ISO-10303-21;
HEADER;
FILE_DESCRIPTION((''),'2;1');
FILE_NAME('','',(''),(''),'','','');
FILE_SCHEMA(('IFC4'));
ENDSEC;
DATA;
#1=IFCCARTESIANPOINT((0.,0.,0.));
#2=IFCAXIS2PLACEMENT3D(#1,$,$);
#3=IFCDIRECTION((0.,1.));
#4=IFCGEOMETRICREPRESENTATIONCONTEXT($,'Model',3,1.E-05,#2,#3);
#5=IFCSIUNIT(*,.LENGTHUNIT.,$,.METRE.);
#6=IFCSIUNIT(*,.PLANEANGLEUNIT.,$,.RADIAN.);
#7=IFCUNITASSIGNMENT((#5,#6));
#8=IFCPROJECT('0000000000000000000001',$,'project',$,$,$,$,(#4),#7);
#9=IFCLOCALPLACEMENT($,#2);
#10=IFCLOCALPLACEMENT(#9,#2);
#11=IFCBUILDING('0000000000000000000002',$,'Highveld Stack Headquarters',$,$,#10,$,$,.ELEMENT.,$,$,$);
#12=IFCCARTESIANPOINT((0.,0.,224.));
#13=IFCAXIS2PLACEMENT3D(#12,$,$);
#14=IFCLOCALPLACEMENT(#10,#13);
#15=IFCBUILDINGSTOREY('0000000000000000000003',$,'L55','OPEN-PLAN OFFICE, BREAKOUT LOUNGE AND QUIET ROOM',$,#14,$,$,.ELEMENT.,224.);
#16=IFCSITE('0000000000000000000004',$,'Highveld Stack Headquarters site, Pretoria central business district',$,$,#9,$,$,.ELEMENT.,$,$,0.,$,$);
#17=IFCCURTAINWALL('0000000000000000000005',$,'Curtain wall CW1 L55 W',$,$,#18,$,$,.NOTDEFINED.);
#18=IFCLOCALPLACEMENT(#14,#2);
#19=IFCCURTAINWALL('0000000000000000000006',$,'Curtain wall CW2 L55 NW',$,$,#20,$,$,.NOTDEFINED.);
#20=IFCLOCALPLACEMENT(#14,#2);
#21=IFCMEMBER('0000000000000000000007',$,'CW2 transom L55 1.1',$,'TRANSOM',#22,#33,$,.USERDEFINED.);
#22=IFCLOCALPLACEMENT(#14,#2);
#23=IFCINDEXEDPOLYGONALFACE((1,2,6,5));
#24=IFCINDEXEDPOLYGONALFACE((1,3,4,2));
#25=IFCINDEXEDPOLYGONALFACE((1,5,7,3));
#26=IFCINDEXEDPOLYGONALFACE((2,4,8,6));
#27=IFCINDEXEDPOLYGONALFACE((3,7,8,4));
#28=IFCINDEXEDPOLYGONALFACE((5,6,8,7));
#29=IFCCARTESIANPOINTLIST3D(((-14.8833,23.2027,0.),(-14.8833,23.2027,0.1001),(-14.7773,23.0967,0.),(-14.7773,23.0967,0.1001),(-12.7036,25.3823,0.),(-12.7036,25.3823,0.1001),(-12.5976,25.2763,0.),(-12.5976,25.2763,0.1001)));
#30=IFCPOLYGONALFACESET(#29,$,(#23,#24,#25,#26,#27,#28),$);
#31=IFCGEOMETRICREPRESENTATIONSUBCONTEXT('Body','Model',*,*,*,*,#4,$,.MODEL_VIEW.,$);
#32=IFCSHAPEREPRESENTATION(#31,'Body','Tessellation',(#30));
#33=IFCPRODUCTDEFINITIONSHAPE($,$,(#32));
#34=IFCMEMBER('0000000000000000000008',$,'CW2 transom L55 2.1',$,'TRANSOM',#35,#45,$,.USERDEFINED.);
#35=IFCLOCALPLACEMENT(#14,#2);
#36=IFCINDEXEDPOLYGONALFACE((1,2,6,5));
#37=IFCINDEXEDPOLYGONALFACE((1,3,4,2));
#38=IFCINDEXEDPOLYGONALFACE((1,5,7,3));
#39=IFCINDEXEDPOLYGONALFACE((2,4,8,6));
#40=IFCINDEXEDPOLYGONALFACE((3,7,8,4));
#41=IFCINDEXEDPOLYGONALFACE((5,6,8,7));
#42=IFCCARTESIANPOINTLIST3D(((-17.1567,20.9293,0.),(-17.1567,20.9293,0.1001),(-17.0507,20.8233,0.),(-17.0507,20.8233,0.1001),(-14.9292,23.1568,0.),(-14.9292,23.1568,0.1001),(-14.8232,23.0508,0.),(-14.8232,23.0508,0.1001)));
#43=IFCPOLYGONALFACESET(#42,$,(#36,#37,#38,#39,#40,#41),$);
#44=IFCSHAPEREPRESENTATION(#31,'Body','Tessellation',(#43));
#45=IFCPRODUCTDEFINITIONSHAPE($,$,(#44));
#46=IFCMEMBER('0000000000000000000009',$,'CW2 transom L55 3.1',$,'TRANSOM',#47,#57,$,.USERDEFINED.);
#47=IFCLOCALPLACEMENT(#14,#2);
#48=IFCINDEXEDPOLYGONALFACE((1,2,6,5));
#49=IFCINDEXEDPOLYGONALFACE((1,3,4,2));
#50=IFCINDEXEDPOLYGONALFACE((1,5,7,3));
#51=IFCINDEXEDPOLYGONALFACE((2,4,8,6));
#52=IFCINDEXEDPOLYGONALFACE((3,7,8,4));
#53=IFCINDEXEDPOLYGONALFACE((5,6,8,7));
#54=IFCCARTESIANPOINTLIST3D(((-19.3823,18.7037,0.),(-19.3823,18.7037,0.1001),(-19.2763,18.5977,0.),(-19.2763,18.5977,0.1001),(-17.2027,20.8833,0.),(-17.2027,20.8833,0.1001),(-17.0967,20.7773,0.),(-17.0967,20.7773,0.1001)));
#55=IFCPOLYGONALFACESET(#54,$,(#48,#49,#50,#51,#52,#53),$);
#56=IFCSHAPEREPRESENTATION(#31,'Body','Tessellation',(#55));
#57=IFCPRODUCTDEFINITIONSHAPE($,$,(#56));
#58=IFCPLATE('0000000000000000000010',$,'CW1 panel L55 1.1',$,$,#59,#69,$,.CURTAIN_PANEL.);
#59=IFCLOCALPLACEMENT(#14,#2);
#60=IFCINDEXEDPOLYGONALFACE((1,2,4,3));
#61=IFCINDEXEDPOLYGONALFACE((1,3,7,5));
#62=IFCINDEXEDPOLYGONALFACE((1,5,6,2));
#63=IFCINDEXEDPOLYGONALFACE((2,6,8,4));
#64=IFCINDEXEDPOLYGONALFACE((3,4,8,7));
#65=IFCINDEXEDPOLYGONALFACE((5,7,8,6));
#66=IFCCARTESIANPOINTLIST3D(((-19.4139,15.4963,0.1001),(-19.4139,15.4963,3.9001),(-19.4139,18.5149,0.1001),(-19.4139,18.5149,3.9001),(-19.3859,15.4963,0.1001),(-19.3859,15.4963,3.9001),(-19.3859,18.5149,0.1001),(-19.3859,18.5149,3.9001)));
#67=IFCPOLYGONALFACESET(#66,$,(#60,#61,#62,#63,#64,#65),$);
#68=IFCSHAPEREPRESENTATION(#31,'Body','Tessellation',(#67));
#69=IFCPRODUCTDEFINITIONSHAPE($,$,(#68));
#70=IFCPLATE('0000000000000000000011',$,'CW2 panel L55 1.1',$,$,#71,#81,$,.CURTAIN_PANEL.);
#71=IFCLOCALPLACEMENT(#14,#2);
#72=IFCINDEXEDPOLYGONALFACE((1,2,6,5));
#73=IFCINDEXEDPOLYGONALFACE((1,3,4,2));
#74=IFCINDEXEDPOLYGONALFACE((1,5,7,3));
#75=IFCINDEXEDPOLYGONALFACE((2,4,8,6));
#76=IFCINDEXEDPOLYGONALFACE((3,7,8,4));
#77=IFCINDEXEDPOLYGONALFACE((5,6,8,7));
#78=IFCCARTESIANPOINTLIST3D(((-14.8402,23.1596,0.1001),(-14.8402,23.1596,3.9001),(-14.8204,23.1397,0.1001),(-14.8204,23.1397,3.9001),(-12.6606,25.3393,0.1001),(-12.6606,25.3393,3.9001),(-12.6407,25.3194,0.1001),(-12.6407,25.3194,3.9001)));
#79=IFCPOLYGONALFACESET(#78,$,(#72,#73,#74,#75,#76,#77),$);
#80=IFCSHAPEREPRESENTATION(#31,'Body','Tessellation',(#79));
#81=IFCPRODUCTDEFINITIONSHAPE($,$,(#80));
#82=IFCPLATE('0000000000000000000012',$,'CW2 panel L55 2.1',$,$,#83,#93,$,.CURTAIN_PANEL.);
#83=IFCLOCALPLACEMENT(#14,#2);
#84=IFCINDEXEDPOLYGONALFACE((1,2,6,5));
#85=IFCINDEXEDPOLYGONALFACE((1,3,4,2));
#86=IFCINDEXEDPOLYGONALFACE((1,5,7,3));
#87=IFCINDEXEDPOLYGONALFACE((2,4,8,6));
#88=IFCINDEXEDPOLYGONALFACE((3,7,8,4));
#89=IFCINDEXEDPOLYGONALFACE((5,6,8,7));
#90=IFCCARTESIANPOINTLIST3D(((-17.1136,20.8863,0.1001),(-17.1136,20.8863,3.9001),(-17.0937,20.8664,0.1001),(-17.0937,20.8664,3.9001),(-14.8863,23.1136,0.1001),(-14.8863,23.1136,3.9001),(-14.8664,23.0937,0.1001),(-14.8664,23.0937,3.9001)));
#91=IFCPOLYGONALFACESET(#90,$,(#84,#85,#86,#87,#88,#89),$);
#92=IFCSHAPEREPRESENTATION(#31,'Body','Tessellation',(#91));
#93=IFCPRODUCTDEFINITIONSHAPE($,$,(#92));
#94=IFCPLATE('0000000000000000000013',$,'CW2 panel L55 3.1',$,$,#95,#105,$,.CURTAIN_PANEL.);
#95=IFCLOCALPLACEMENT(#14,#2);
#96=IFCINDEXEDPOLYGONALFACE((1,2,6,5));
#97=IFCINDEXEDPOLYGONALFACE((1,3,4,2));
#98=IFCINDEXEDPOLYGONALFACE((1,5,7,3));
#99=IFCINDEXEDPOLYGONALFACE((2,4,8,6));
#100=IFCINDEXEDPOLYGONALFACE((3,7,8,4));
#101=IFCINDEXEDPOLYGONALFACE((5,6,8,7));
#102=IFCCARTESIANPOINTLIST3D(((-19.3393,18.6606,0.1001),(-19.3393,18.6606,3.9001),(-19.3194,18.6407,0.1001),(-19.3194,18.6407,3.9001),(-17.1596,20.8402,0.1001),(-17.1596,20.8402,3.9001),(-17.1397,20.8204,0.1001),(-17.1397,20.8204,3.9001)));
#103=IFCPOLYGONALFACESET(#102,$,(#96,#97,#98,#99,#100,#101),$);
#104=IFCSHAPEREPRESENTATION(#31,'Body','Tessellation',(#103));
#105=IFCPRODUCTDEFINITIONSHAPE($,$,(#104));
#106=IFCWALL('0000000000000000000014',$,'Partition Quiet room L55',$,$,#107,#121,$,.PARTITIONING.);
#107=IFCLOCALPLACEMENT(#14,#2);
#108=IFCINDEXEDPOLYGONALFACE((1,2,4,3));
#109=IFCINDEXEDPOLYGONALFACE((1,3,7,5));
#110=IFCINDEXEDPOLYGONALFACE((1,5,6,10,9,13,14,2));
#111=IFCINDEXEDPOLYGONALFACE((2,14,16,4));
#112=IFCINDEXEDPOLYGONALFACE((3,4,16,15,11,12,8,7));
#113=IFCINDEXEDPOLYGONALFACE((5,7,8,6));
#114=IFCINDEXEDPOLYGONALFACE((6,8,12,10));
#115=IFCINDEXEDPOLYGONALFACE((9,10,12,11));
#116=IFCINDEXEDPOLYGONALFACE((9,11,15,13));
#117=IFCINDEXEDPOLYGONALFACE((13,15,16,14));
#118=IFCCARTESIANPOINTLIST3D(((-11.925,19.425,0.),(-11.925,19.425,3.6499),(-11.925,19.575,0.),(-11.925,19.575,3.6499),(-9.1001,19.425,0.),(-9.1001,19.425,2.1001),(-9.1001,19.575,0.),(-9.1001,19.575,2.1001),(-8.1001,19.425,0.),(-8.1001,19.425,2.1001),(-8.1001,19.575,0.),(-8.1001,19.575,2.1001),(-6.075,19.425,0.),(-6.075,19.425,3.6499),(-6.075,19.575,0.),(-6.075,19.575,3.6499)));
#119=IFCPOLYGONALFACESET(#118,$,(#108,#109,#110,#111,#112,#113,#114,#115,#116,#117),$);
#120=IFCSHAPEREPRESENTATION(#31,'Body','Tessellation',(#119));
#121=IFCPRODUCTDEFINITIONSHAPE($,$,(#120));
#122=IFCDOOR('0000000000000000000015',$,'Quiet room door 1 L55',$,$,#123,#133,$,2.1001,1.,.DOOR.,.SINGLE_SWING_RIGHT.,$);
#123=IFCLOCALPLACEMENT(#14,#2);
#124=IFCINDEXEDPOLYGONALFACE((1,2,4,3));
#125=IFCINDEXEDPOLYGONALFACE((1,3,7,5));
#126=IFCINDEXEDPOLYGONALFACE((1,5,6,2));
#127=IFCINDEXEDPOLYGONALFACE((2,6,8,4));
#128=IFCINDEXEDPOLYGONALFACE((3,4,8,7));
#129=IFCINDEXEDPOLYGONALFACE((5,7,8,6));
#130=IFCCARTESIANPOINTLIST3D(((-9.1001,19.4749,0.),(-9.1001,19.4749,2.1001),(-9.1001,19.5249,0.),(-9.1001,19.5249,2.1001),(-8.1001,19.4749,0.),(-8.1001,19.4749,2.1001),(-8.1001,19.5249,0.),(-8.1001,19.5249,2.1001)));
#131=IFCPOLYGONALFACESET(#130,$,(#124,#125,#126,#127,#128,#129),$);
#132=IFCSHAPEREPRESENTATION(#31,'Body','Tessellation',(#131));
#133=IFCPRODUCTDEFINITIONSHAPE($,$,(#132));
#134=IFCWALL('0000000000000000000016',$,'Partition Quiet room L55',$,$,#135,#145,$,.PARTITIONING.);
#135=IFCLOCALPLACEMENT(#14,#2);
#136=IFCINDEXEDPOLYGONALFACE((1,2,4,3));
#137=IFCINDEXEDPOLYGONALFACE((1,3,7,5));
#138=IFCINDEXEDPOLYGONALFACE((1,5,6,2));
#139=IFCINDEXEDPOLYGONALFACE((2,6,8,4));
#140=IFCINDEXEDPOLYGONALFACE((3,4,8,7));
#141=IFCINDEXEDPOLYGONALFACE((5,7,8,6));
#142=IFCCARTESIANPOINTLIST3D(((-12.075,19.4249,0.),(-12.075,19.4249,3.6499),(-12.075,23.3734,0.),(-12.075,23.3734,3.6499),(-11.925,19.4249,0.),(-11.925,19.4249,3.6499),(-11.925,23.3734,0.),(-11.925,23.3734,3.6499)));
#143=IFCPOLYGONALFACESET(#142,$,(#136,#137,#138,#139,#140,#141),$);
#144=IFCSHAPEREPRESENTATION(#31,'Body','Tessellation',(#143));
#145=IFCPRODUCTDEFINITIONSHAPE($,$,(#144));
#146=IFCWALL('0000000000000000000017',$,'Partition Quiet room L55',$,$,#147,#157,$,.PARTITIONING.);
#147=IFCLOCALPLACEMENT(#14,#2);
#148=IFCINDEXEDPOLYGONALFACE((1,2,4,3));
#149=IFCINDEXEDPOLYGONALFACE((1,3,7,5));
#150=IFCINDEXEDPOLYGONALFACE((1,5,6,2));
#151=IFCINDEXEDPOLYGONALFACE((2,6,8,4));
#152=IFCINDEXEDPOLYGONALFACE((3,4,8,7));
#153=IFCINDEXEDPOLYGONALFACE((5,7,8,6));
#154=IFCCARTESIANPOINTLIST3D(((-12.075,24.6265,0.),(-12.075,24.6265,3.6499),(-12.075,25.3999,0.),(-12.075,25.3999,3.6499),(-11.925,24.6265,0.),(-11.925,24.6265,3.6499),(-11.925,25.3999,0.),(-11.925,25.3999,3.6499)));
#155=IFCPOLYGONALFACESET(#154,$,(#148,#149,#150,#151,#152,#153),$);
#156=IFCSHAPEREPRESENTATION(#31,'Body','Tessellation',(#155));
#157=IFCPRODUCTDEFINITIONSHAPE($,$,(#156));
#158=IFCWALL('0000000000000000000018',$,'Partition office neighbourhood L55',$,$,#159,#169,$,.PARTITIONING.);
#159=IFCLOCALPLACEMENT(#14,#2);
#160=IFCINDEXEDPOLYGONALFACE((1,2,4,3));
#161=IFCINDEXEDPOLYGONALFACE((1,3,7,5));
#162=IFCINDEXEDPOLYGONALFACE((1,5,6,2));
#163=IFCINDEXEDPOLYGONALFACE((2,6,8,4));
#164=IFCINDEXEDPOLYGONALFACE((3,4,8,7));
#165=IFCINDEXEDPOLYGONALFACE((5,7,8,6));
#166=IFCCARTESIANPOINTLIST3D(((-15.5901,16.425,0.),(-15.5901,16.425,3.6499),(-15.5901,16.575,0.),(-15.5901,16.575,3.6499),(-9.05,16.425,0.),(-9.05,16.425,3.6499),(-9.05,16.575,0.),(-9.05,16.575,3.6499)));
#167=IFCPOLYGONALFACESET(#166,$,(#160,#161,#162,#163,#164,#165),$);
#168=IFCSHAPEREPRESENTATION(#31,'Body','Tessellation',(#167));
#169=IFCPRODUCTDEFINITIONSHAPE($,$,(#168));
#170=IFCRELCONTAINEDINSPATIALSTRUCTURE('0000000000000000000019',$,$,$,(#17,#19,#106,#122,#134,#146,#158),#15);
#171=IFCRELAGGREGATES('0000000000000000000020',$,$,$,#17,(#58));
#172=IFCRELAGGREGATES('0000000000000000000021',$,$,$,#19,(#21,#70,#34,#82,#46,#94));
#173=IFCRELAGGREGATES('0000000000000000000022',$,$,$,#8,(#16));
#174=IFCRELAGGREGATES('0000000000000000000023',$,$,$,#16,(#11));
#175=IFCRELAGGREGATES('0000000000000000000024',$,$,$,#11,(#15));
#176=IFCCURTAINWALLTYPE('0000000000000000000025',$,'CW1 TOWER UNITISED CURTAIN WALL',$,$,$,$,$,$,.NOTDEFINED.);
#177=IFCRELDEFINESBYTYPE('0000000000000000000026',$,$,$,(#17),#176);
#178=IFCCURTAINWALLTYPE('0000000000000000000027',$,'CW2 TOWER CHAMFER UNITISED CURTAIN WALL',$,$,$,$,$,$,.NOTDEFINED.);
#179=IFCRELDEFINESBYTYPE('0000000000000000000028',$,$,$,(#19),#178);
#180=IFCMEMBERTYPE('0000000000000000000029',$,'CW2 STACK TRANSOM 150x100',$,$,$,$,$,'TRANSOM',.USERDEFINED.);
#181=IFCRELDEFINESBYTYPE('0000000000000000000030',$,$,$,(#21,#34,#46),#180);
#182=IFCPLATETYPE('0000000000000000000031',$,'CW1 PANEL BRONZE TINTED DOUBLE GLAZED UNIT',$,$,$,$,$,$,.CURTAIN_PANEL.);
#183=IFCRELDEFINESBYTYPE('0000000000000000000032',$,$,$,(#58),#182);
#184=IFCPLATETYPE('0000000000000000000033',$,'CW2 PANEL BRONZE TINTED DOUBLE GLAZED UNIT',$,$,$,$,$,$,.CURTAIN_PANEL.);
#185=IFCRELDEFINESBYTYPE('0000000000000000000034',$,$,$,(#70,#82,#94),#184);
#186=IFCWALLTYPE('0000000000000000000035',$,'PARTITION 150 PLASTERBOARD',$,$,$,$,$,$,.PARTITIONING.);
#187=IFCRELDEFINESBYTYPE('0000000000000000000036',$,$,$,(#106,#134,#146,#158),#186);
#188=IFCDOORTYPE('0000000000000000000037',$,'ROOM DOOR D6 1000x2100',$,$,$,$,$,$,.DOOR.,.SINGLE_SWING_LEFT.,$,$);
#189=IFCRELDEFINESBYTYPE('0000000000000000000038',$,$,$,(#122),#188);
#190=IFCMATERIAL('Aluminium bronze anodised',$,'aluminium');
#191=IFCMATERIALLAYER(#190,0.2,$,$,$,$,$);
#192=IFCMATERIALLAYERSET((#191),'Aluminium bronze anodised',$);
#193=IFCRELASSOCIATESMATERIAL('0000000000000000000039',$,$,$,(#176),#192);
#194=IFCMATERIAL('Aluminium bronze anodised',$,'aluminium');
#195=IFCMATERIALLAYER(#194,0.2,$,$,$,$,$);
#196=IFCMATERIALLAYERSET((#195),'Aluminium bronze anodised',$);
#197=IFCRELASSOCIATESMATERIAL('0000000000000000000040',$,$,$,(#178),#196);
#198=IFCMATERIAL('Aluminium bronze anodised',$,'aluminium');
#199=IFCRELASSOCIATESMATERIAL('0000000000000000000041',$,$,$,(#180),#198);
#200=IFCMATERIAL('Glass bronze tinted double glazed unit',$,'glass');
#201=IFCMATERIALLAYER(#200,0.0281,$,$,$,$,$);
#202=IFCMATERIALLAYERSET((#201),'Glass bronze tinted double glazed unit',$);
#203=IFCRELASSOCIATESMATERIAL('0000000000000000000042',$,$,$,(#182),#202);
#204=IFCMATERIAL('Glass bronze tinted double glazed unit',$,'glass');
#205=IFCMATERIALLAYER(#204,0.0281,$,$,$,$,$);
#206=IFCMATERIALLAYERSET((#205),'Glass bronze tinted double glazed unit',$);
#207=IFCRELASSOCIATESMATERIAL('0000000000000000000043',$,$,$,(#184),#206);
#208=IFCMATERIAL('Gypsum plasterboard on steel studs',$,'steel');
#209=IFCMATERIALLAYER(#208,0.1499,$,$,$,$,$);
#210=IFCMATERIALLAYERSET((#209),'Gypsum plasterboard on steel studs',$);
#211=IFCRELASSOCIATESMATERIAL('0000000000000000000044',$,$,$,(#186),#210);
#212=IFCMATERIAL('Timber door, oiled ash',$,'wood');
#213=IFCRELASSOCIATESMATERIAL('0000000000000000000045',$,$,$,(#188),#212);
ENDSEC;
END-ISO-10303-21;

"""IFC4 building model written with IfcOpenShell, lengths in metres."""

from ifc_helpers import new_model, si_unit, direction, frame, frame_2d, origin, origin_2d, place, context, subcontext, project, spatial, rectangle, extrude, material, layer, layer_set, material_profile, profile_set, type_object, element, fill, aggregate, save


model = new_model("IFC4")

# Units and contexts
model_context = context("Model", 3, precision=1e-05, world=origin(), true_north=direction((0.0, 1.0)))
body_context = subcontext(model_context, "Body", "Model", "MODEL_VIEW")
ifc_project = project(units=[si_unit("LENGTHUNIT", "METRE"), si_unit("PLANEANGLEUNIT", "RADIAN")], contexts=[model_context])

# Site, building, storey
site_placement = place(None, origin())
site = spatial("IfcSite", under=ifc_project, at=site_placement, Name="Highveld Stack Headquarters site, Pretoria central business district", CompositionType="ELEMENT", RefElevation=0.0)
building_placement = place(site_placement, origin())
building = spatial("IfcBuilding", under=site, at=building_placement, Name="Highveld Stack Headquarters", CompositionType="ELEMENT")
storey_placement = place(building_placement, frame((0.0, 0.0, 224.0)))
storey = spatial("IfcBuildingStorey", under=building, at=storey_placement, Name="L55", Description="OPEN-PLAN OFFICE, BREAKOUT LOUNGE AND QUIET ROOM", CompositionType="ELEMENT", Elevation=224.0)

# Curtain wall
ifc_material_1 = material(Name="Aluminium bronze anodised", Category="aluminium")
ifc_layer_1 = layer(ifc_material_1, 0.2)
ifc_layer_set_1 = layer_set([ifc_layer_1], Name="Aluminium bronze anodised")
curtain_wall_type_1 = type_object("IfcCurtainWallType", Name="CW1 TOWER UNITISED CURTAIN WALL", PredefinedType="NOTDEFINED", material=ifc_layer_set_1)
curtain_wall_1_placement = place(storey_placement, origin())
curtain_wall_1 = element("IfcCurtainWall", 1, at=curtain_wall_1_placement, inside=storey, type_object=curtain_wall_type_1, Name="Curtain wall CW1 L55 W", PredefinedType="NOTDEFINED")

# Curtain wall, members
ifc_material_2 = material(Name="Aluminium bronze anodised", Category="aluminium")
ifc_layer_2 = layer(ifc_material_2, 0.2)
ifc_layer_set_2 = layer_set([ifc_layer_2], Name="Aluminium bronze anodised")
curtain_wall_type_2 = type_object("IfcCurtainWallType", Name="CW2 TOWER CHAMFER UNITISED CURTAIN WALL", PredefinedType="NOTDEFINED", material=ifc_layer_set_2)
curtain_wall_2_placement = place(storey_placement, origin())
curtain_wall_2 = element("IfcCurtainWall", 2, at=curtain_wall_2_placement, inside=storey, type_object=curtain_wall_type_2, Name="Curtain wall CW2 L55 NW", PredefinedType="NOTDEFINED")
ifc_material_3 = material(Name="Aluminium bronze anodised", Category="aluminium")
ifc_material_profile_1 = material_profile(ifc_material_3, rectangle(XDim=0.1499, YDim=0.1001, at=origin_2d()), Name="CW2 TRANSOM 150x100")
ifc_profile_set_1 = profile_set([ifc_material_profile_1], Name="Aluminium bronze anodised")
member_type_1 = type_object("IfcMemberType", Name="CW2 STACK TRANSOM 150x100", ElementType="TRANSOM", PredefinedType="USERDEFINED", material=ifc_profile_set_1)
member_1_placement = place(storey_placement, frame((-12.6506, 25.3293, 0.05), z_axis=(-0.707107, -0.707107, 0.0), x_axis=(0.707107, -0.707107, 0.0)))
member_1 = element("IfcMember", 3, at=member_1_placement, type_object=member_type_1, Name="CW2 transom L55 1.1", ObjectType="TRANSOM", PredefinedType="USERDEFINED", context=body_context, shape_type="SweptSolid", body=[
    extrude(rectangle(XDim=0.1499, YDim=0.1001, at=origin_2d()), origin(), (0.0, 0.0, 1.0), 3.0825),
])
member_2_placement = place(storey_placement, frame((-14.8762, 23.1038, 0.05), z_axis=(-0.707107, -0.707107, 0.0), x_axis=(0.707107, -0.707107, 0.0)))
member_2 = element("IfcMember", 4, at=member_2_placement, type_object=member_type_1, Name="CW2 transom L55 2.1", ObjectType="TRANSOM", PredefinedType="USERDEFINED", context=body_context, shape_type="SweptSolid", body=[
    extrude(rectangle(XDim=0.1499, YDim=0.1001, at=origin_2d()), origin(), (0.0, 0.0, 1.0), 3.1501),
])
member_3_placement = place(storey_placement, frame((-17.1497, 20.8303, 0.05), z_axis=(-0.707107, -0.707107, 0.0), x_axis=(0.707107, -0.707107, 0.0)))
member_3 = element("IfcMember", 5, at=member_3_placement, type_object=member_type_1, Name="CW2 transom L55 3.1", ObjectType="TRANSOM", PredefinedType="USERDEFINED", context=body_context, shape_type="SweptSolid", body=[
    extrude(rectangle(XDim=0.1499, YDim=0.1001, at=origin_2d()), origin(), (0.0, 0.0, 1.0), 3.0825),
])

# Plates
ifc_material_4 = material(Name="Glass bronze tinted double glazed unit", Category="glass")
ifc_layer_3 = layer(ifc_material_4, 0.0281)
ifc_layer_set_3 = layer_set([ifc_layer_3], Name="Glass bronze tinted double glazed unit")
plate_type_1 = type_object("IfcPlateType", Name="CW1 PANEL BRONZE TINTED DOUBLE GLAZED UNIT", PredefinedType="CURTAIN_PANEL", material=ifc_layer_set_3)
plate_1_placement = place(storey_placement, frame((-19.3999, 17.0056, 0.1001), z_axis=(0.0, 0.0, 1.0), x_axis=(0.0, -1.0, 0.0)))
plate_1 = element("IfcPlate", 6, at=plate_1_placement, type_object=plate_type_1, Name="CW1 panel L55 1.1", PredefinedType="CURTAIN_PANEL", context=body_context, shape_type="SweptSolid", body=[
    extrude(rectangle(XDim=3.0186, YDim=0.0281, at=origin_2d()), origin(), (0.0, 0.0, 1.0), 3.8),
])
aggregate(curtain_wall_1, [plate_1])
ifc_material_5 = material(Name="Glass bronze tinted double glazed unit", Category="glass")
ifc_layer_4 = layer(ifc_material_5, 0.0281)
ifc_layer_set_4 = layer_set([ifc_layer_4], Name="Glass bronze tinted double glazed unit")
plate_type_2 = type_object("IfcPlateType", Name="CW2 PANEL BRONZE TINTED DOUBLE GLAZED UNIT", PredefinedType="CURTAIN_PANEL", material=ifc_layer_set_4)
plate_2_placement = place(storey_placement, frame((-13.7405, 24.2395, 0.1001), z_axis=(0.0, 0.0, 1.0), x_axis=(-0.707107, -0.707107, 0.0)))
plate_2 = element("IfcPlate", 7, at=plate_2_placement, type_object=plate_type_2, Name="CW2 panel L55 1.1", PredefinedType="CURTAIN_PANEL", context=body_context, shape_type="SweptSolid", body=[
    extrude(rectangle(XDim=3.0825, YDim=0.0281, at=origin_2d()), origin(), (0.0, 0.0, 1.0), 3.8),
])
plate_3_placement = place(storey_placement, frame((-15.99, 21.99, 0.1001), z_axis=(0.0, 0.0, 1.0), x_axis=(-0.707107, -0.707107, 0.0)))
plate_3 = element("IfcPlate", 8, at=plate_3_placement, type_object=plate_type_2, Name="CW2 panel L55 2.1", PredefinedType="CURTAIN_PANEL", context=body_context, shape_type="SweptSolid", body=[
    extrude(rectangle(XDim=3.1499, YDim=0.0281, at=origin_2d()), origin(), (0.0, 0.0, 1.0), 3.8),
])
plate_4_placement = place(storey_placement, frame((-18.2395, 19.7405, 0.1001), z_axis=(0.0, 0.0, 1.0), x_axis=(-0.707107, -0.707107, 0.0)))
plate_4 = element("IfcPlate", 9, at=plate_4_placement, type_object=plate_type_2, Name="CW2 panel L55 3.1", PredefinedType="CURTAIN_PANEL", context=body_context, shape_type="SweptSolid", body=[
    extrude(rectangle(XDim=3.0825, YDim=0.0281, at=origin_2d()), origin(), (0.0, 0.0, 1.0), 3.8),
])
aggregate(curtain_wall_2, [member_1, plate_2, member_2, plate_3, member_3, plate_4])

# Wall, opening, door
ifc_material_6 = material(Name="Gypsum plasterboard on steel studs", Category="steel")
ifc_layer_5 = layer(ifc_material_6, 0.1499)
ifc_layer_set_5 = layer_set([ifc_layer_5], Name="Gypsum plasterboard on steel studs")
wall_type = type_object("IfcWallType", Name="PARTITION 150 PLASTERBOARD", PredefinedType="PARTITIONING", material=ifc_layer_set_5)
wall_1_placement = place(storey_placement, frame((-11.925, 19.5, 0.0), z_axis=(0.0, 0.0, 1.0), x_axis=(1.0, 0.0, 0.0)))
wall_1 = element("IfcWall", 10, at=wall_1_placement, inside=storey, type_object=wall_type, Name="Partition Quiet room L55", PredefinedType="PARTITIONING", context=body_context, shape_type="SweptSolid", body=[
    extrude(rectangle(XDim=5.8501, YDim=0.1499, at=frame_2d((2.925, 0.0))), origin(), (0.0, 0.0, 1.0), 3.6499),
])
opening_placement = place(wall_1_placement, frame((2.825, 0.0, 0.0)))
opening = element("IfcOpeningElement", 11, at=opening_placement, cuts=wall_1, PredefinedType="OPENING", context=body_context, shape_type="SweptSolid", body=[
    extrude(rectangle(XDim=1.0, YDim=2.1001, at=frame_2d((0.5, 1.05))), frame((0.0, 0.085, 0.0), z_axis=(0.0, -1.0, 0.0), x_axis=(1.0, 0.0, 0.0)), (0.0, 0.0, 1.0), 0.1699),
])
ifc_material_7 = material(Name="Timber door, oiled ash", Category="wood")
door_type = type_object("IfcDoorType", Name="ROOM DOOR D6 1000x2100", OperationType="SINGLE_SWING_LEFT", PredefinedType="DOOR", material=ifc_material_7)
door_placement = place(opening_placement, origin())
door = element("IfcDoor", 12, at=door_placement, inside=storey, type_object=door_type, Name="Quiet room door 1 L55", OperationType="SINGLE_SWING_RIGHT", OverallHeight=2.1001, OverallWidth=1.0, PredefinedType="DOOR", context=body_context, shape_type="SweptSolid", body=[
    extrude(rectangle(XDim=1.0, YDim=2.1001, at=frame_2d((0.5, 1.05))), frame((0.0, 0.0249, 0.0), z_axis=(0.0, -1.0, 0.0), x_axis=(1.0, 0.0, 0.0)), (0.0, 0.0, 1.0), 0.05),
])
fill(opening, door)

# Walls
wall_2_placement = place(storey_placement, frame((-12.0, 19.425, 0.0), z_axis=(0.0, 0.0, 1.0), x_axis=(0.0, 1.0, 0.0)))
element("IfcWall", 13, at=wall_2_placement, inside=storey, type_object=wall_type, Name="Partition Quiet room L55", PredefinedType="PARTITIONING", context=body_context, shape_type="SweptSolid", body=[
    extrude(rectangle(XDim=3.9485, YDim=0.1499, at=frame_2d((1.9741, 0.0))), origin(), (0.0, 0.0, 1.0), 3.6499),
])
wall_3_placement = place(storey_placement, frame((-12.0, 24.6265, 0.0), z_axis=(0.0, 0.0, 1.0), x_axis=(0.0, 1.0, 0.0)))
element("IfcWall", 14, at=wall_3_placement, inside=storey, type_object=wall_type, Name="Partition Quiet room L55", PredefinedType="PARTITIONING", context=body_context, shape_type="SweptSolid", body=[
    extrude(rectangle(XDim=0.7734, YDim=0.1499, at=frame_2d((0.3867, 0.0))), origin(), (0.0, 0.0, 1.0), 3.6499),
])
wall_4_placement = place(storey_placement, frame((-15.5901, 16.5, 0.0), z_axis=(0.0, 0.0, 1.0), x_axis=(1.0, 0.0, 0.0)))
element("IfcWall", 15, at=wall_4_placement, inside=storey, type_object=wall_type, Name="Partition office neighbourhood L55", PredefinedType="PARTITIONING", context=body_context, shape_type="SweptSolid", body=[
    extrude(rectangle(XDim=6.54, YDim=0.1499, at=frame_2d((3.27, 0.0))), origin(), (0.0, 0.0, 1.0), 3.6499),
])

save(model, "model.ifc")
